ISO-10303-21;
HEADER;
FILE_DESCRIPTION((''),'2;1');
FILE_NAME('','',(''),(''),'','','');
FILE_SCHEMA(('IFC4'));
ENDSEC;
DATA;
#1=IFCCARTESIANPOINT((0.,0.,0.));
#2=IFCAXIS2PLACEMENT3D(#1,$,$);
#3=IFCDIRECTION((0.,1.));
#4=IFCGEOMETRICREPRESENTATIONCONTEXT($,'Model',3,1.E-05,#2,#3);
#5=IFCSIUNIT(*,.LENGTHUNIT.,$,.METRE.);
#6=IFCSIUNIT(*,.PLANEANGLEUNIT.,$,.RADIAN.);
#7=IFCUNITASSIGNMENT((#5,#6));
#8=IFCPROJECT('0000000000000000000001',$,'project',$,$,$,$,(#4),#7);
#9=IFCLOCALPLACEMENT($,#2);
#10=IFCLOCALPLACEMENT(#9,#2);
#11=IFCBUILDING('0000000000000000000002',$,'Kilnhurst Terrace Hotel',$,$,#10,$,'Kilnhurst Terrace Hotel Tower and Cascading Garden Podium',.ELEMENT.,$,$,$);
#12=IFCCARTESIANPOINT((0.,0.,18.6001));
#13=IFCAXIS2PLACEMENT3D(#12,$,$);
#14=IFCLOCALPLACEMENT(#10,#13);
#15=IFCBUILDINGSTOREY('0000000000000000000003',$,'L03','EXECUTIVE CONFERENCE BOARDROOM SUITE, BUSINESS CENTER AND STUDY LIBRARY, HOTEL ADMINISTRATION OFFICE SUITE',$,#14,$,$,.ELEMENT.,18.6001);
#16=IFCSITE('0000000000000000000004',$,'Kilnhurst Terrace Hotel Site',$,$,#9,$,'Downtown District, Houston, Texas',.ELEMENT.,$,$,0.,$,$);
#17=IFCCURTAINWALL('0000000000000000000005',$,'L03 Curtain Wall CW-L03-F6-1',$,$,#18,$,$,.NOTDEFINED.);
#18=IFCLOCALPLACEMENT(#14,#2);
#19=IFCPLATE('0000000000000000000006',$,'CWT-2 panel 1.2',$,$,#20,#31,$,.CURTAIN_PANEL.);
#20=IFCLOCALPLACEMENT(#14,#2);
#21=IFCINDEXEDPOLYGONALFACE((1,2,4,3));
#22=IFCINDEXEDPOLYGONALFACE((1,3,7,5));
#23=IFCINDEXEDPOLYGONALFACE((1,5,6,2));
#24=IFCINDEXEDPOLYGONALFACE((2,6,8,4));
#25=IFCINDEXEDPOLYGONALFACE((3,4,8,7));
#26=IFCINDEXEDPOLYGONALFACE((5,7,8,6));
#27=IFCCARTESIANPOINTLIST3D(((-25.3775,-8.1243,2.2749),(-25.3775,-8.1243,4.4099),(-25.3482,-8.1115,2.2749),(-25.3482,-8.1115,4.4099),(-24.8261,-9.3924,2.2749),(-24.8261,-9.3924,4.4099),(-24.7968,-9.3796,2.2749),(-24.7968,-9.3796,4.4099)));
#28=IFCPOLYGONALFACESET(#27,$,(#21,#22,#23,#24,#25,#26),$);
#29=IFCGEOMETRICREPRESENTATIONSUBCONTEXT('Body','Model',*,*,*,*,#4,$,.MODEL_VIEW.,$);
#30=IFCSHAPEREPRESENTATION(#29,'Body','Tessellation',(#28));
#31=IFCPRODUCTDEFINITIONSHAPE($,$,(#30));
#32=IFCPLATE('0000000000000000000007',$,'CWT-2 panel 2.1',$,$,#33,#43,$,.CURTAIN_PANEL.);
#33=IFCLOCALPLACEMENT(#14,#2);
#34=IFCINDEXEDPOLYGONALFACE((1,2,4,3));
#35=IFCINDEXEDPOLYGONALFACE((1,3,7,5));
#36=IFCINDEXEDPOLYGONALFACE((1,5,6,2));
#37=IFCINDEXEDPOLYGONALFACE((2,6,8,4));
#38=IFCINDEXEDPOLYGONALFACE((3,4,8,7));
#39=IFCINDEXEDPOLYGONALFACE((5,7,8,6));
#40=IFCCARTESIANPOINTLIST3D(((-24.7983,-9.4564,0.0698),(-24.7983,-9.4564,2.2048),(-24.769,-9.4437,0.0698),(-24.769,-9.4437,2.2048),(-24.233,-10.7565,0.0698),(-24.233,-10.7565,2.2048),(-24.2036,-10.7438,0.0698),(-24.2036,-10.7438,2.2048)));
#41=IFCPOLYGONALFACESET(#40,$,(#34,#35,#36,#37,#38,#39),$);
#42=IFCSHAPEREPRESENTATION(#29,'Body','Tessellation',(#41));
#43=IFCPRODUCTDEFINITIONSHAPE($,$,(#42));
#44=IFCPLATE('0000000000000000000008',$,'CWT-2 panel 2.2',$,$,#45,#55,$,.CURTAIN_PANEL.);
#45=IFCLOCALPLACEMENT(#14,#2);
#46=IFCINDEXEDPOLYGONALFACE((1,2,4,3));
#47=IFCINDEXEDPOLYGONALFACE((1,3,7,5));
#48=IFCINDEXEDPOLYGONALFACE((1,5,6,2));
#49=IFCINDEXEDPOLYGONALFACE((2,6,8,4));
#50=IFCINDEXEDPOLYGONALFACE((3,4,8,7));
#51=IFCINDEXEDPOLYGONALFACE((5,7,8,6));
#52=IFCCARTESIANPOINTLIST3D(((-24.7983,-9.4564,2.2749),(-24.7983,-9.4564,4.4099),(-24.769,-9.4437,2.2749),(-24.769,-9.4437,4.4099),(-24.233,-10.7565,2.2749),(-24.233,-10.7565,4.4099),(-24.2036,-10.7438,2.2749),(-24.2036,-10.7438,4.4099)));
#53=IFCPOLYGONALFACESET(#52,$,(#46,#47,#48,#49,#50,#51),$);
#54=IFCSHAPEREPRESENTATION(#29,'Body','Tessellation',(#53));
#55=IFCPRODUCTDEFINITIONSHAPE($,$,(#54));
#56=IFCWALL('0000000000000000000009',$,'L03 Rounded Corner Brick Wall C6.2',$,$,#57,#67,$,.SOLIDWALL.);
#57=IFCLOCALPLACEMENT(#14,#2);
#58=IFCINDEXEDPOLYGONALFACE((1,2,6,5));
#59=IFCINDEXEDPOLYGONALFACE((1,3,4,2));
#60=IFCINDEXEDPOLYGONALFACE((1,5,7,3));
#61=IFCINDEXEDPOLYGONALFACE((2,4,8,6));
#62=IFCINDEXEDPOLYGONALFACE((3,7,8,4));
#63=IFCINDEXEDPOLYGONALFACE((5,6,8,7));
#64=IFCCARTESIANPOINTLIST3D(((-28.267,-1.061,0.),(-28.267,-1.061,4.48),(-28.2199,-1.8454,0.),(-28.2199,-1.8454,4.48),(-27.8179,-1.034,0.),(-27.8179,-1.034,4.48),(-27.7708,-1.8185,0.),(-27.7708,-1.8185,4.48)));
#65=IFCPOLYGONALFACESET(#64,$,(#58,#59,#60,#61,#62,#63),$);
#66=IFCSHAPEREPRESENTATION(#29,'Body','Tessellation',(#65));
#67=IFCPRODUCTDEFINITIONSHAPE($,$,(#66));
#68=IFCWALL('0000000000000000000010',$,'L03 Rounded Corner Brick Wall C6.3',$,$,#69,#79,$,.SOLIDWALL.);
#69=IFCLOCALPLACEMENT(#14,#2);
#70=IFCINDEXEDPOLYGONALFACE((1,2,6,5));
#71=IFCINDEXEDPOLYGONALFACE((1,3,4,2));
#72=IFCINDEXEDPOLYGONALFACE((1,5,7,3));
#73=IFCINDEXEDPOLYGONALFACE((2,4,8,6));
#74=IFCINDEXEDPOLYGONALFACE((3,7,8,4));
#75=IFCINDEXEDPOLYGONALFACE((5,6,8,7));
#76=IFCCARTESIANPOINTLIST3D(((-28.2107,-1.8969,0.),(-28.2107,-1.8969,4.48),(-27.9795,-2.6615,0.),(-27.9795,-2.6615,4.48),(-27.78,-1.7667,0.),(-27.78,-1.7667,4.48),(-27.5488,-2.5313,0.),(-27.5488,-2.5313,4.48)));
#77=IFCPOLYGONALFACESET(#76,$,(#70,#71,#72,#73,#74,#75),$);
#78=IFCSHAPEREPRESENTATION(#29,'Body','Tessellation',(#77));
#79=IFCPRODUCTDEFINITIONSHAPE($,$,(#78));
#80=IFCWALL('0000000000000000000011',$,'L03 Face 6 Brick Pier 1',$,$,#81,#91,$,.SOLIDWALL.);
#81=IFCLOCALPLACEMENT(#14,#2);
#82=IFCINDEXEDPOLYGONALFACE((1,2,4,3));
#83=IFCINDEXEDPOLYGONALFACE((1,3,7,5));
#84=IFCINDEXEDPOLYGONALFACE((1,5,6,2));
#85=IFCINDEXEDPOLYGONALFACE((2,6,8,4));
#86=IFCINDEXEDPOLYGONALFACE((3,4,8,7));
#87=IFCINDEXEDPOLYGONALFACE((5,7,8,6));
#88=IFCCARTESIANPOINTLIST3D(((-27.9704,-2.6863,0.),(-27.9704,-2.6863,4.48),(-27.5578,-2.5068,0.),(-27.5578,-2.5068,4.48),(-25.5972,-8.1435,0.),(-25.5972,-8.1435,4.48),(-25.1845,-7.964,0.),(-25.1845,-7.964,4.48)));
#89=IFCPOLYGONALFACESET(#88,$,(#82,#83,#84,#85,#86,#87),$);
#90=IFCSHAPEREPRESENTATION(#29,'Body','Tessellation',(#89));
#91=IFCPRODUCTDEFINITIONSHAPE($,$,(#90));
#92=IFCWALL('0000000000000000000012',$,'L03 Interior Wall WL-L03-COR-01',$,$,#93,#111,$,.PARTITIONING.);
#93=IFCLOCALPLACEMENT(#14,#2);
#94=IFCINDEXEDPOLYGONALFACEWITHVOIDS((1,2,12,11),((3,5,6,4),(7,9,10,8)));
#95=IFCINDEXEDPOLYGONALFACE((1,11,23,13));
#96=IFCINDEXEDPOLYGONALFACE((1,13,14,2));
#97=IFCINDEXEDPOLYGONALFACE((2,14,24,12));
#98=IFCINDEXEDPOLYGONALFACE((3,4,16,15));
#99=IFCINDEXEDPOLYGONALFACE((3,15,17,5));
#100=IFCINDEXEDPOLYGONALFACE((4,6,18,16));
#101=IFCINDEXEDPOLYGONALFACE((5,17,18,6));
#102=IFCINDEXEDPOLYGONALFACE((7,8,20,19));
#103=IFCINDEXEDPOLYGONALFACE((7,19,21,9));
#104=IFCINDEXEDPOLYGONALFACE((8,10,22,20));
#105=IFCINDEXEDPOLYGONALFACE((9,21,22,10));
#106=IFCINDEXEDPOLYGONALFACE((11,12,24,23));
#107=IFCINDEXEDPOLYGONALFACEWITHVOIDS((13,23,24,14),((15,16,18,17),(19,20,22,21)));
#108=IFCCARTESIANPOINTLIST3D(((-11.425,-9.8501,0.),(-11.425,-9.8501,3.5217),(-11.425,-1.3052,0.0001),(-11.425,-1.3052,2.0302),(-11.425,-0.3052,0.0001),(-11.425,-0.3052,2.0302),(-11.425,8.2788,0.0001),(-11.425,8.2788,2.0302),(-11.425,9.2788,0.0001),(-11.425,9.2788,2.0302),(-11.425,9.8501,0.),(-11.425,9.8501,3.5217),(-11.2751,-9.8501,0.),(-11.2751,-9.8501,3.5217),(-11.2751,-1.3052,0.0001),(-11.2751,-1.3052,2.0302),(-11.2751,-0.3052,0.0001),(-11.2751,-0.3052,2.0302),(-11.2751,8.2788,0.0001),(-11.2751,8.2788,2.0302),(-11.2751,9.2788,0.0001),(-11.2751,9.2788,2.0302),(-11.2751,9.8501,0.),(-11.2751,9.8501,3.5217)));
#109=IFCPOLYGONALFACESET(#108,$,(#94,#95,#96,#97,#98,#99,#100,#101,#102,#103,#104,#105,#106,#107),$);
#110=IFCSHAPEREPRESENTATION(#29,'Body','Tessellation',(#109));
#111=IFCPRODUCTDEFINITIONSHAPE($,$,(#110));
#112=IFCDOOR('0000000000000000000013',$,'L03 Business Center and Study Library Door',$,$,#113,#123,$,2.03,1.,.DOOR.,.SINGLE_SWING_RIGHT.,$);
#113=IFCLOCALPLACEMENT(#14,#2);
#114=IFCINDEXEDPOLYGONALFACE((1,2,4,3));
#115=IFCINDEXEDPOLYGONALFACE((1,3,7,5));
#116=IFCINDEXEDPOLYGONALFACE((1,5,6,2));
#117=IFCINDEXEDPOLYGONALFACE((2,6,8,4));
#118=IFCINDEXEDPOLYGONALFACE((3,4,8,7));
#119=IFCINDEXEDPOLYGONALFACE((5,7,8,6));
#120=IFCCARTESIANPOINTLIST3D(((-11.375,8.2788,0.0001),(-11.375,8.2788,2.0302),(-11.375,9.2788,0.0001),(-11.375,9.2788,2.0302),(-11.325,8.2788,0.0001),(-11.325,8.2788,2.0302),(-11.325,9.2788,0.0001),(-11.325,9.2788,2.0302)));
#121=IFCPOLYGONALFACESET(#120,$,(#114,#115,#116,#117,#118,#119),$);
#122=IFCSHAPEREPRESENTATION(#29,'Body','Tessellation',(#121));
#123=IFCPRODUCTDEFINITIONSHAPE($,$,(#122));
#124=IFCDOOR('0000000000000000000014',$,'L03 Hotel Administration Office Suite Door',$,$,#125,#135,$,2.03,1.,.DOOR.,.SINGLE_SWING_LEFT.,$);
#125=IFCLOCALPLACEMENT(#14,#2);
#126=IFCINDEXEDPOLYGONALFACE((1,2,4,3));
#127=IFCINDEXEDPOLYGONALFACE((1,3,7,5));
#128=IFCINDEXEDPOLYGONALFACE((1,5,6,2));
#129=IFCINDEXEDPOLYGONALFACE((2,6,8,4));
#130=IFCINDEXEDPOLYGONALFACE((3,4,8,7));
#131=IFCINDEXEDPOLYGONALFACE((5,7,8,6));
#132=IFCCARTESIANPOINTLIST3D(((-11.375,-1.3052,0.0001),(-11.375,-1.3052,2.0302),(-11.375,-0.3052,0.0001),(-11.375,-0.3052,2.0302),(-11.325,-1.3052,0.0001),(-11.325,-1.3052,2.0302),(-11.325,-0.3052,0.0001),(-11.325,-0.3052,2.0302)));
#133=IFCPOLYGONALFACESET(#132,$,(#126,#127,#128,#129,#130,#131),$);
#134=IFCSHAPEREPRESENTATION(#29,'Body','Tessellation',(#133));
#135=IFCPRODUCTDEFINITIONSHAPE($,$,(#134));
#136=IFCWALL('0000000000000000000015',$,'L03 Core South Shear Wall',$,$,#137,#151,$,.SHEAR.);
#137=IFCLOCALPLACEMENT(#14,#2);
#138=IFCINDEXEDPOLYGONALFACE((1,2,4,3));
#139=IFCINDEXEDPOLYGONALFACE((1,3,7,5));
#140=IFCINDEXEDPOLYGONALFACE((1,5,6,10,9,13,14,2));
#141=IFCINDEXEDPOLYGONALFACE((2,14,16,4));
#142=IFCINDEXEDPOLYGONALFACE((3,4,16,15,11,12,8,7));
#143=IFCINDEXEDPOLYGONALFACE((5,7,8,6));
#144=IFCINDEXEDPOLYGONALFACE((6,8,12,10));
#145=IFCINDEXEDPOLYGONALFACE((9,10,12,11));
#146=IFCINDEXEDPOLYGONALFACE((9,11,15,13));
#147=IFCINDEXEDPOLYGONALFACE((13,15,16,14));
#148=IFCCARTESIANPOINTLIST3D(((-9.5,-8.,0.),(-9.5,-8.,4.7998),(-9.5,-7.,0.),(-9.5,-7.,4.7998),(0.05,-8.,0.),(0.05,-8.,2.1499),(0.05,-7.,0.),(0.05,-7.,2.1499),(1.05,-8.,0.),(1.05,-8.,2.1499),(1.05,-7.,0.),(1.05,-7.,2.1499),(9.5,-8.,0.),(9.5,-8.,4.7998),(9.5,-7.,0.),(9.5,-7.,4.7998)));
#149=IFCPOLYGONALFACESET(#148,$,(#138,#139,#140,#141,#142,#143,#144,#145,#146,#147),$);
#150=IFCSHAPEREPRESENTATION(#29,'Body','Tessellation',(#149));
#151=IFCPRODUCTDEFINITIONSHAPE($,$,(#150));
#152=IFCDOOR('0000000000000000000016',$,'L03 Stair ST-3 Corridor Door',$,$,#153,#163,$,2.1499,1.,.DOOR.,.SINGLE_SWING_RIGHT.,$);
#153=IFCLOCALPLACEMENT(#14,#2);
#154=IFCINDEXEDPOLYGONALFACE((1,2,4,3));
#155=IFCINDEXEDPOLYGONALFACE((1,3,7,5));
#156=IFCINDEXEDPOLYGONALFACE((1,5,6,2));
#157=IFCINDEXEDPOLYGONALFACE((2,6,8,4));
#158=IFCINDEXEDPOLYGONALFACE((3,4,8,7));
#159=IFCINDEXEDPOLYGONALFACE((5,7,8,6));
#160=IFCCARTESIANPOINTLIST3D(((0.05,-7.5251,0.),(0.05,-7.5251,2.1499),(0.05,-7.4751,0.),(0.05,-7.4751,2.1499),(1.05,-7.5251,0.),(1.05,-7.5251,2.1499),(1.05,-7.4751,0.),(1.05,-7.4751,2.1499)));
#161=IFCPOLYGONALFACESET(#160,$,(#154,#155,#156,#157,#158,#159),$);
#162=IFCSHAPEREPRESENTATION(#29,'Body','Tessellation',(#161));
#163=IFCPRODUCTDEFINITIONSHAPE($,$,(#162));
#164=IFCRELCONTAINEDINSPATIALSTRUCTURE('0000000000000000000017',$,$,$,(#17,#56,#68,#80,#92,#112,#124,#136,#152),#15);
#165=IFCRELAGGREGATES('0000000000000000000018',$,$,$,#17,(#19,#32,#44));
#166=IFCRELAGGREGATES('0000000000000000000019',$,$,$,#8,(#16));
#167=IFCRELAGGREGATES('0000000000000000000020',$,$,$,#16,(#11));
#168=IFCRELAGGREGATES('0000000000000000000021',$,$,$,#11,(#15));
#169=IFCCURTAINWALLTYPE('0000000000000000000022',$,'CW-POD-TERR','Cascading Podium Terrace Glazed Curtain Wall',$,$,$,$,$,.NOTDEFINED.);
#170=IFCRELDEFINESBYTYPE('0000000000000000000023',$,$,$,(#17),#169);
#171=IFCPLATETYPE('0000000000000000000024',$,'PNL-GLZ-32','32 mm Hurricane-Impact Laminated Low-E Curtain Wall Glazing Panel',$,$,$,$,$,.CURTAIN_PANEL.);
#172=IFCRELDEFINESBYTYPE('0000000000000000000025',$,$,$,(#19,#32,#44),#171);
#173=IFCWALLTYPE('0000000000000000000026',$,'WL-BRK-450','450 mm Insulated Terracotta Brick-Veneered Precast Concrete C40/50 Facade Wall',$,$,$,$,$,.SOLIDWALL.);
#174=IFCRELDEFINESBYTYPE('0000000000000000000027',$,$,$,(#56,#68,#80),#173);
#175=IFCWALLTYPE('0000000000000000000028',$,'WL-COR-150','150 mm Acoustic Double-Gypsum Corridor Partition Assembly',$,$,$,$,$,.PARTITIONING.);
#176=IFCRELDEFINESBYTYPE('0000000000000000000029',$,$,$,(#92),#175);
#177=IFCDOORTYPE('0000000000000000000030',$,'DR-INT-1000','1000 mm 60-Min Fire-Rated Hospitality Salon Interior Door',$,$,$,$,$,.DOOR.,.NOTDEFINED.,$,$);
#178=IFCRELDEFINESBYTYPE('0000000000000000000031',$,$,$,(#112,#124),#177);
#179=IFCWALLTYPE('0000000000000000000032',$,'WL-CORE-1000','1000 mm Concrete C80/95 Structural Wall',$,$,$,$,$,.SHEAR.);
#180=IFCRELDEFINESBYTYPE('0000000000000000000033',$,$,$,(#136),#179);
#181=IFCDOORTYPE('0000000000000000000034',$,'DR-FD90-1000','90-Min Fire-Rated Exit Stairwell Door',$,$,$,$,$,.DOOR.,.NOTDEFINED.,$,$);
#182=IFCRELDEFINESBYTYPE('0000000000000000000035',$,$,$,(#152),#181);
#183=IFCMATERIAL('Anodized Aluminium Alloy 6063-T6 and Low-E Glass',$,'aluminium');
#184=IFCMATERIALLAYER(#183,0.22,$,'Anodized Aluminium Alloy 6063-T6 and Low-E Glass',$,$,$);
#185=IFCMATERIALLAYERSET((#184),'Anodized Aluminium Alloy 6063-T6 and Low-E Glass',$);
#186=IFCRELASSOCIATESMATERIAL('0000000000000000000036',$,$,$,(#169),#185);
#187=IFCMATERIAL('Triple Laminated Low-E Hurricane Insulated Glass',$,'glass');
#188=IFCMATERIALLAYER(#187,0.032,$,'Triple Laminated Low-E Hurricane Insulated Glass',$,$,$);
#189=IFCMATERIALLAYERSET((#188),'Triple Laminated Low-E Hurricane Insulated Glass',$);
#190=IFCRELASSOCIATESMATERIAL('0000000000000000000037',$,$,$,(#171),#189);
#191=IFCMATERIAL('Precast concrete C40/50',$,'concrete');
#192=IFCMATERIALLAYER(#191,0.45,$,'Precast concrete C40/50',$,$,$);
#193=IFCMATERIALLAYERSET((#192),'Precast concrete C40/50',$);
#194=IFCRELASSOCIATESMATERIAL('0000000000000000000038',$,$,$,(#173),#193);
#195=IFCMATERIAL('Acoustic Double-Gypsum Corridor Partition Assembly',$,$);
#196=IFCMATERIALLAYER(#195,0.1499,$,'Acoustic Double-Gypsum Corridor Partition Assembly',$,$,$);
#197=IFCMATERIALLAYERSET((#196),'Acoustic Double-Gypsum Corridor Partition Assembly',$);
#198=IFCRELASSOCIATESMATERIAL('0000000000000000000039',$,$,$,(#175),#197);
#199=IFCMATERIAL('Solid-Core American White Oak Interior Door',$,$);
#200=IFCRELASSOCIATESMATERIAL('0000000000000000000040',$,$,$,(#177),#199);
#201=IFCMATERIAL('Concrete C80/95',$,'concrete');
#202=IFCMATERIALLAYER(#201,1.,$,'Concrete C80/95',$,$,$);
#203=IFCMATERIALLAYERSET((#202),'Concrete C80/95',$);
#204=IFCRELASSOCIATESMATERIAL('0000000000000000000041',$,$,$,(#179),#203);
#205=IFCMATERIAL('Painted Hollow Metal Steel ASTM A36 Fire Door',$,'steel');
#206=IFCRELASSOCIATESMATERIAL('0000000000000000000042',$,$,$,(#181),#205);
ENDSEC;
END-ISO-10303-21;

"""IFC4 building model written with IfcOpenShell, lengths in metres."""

from ifc_helpers import new_model, si_unit, direction, frame, frame_2d, origin, origin_2d, place, context, subcontext, project, spatial, rectangle, extrude, material, layer, layer_set, type_object, element, fill, aggregate, save


model = new_model("IFC4")

# Units and contexts
model_context = context("Model", 3, precision=1e-05, world=origin(), true_north=direction((0.0, 1.0)))
body_context = subcontext(model_context, "Body", "Model", "MODEL_VIEW")
ifc_project = project(units=[si_unit("LENGTHUNIT", "METRE"), si_unit("PLANEANGLEUNIT", "RADIAN")], contexts=[model_context])

# Site, building, storey
site_placement = place(None, origin())
site = spatial("IfcSite", under=ifc_project, at=site_placement, Name="Kilnhurst Terrace Hotel Site", LongName="Downtown District, Houston, Texas", CompositionType="ELEMENT", RefElevation=0.0)
building_placement = place(site_placement, origin())
building = spatial("IfcBuilding", under=site, at=building_placement, Name="Kilnhurst Terrace Hotel", LongName="Kilnhurst Terrace Hotel Tower and Cascading Garden Podium", CompositionType="ELEMENT")
storey_placement = place(building_placement, frame((0.0, 0.0, 18.6001)))
storey = spatial("IfcBuildingStorey", under=building, at=storey_placement, Name="L03", Description="EXECUTIVE CONFERENCE BOARDROOM SUITE, BUSINESS CENTER AND STUDY LIBRARY, HOTEL ADMINISTRATION OFFICE SUITE", CompositionType="ELEMENT", Elevation=18.6001)

# Curtain wall, plates
ifc_material_1 = material(Name="Anodized Aluminium Alloy 6063-T6 and Low-E Glass", Category="aluminium")
ifc_layer_1 = layer(ifc_material_1, 0.22, Name="Anodized Aluminium Alloy 6063-T6 and Low-E Glass")
ifc_layer_set_1 = layer_set([ifc_layer_1], Name="Anodized Aluminium Alloy 6063-T6 and Low-E Glass")
curtain_wall_type = type_object("IfcCurtainWallType", Name="CW-POD-TERR", Description="Cascading Podium Terrace Glazed Curtain Wall", PredefinedType="NOTDEFINED", material=ifc_layer_set_1)
curtain_wall_placement = place(storey_placement, origin())
curtain_wall = element("IfcCurtainWall", 1, at=curtain_wall_placement, inside=storey, type_object=curtain_wall_type, Name="L03 Curtain Wall CW-L03-F6-1", PredefinedType="NOTDEFINED")
ifc_material_2 = material(Name="Triple Laminated Low-E Hurricane Insulated Glass", Category="glass")
ifc_layer_2 = layer(ifc_material_2, 0.032, Name="Triple Laminated Low-E Hurricane Insulated Glass")
ifc_layer_set_2 = layer_set([ifc_layer_2], Name="Triple Laminated Low-E Hurricane Insulated Glass")
plate_type = type_object("IfcPlateType", Name="PNL-GLZ-32", Description="32 mm Hurricane-Impact Laminated Low-E Curtain Wall Glazing Panel", PredefinedType="CURTAIN_PANEL", material=ifc_layer_set_2)
plate_1_placement = place(storey_placement, frame((-25.0872, -8.752, 2.2749), z_axis=(0.0, 0.0, 1.0), x_axis=(0.398791, -0.917042, 0.0)))
plate_1 = element("IfcPlate", 2, at=plate_1_placement, type_object=plate_type, Name="CWT-2 panel 1.2", PredefinedType="CURTAIN_PANEL", context=body_context, shape_type="SweptSolid", body=[
    extrude(rectangle(XDim=1.3828, YDim=0.032, at=origin_2d()), origin(), (0.0, 0.0, 1.0), 2.135),
])
plate_2_placement = place(storey_placement, frame((-24.501, -10.1001, 0.0698), z_axis=(0.0, 0.0, 1.0), x_axis=(0.398791, -0.917042, 0.0)))
plate_2 = element("IfcPlate", 3, at=plate_2_placement, type_object=plate_type, Name="CWT-2 panel 2.1", PredefinedType="CURTAIN_PANEL", context=body_context, shape_type="SweptSolid", body=[
    extrude(rectangle(XDim=1.4177, YDim=0.032, at=origin_2d()), origin(), (0.0, 0.0, 1.0), 2.135),
])
plate_3_placement = place(storey_placement, frame((-24.501, -10.1001, 2.2749), z_axis=(0.0, 0.0, 1.0), x_axis=(0.398791, -0.917042, 0.0)))
plate_3 = element("IfcPlate", 4, at=plate_3_placement, type_object=plate_type, Name="CWT-2 panel 2.2", PredefinedType="CURTAIN_PANEL", context=body_context, shape_type="SweptSolid", body=[
    extrude(rectangle(XDim=1.4177, YDim=0.032, at=origin_2d()), origin(), (0.0, 0.0, 1.0), 2.135),
])
aggregate(curtain_wall, [plate_1, plate_2, plate_3])

# Walls
ifc_material_3 = material(Name="Precast concrete C40/50", Category="concrete")
ifc_layer_3 = layer(ifc_material_3, 0.45, Name="Precast concrete C40/50")
ifc_layer_set_3 = layer_set([ifc_layer_3], Name="Precast concrete C40/50")
wall_type_1 = type_object("IfcWallType", Name="WL-BRK-450", Description="450 mm Insulated Terracotta Brick-Veneered Precast Concrete C40/50 Facade Wall", PredefinedType="SOLIDWALL", material=ifc_layer_set_3)
wall_1_placement = place(storey_placement, frame((-28.0425, -1.0474, 0.0), z_axis=(0.0, 0.0, 1.0), x_axis=(0.05996, -0.998201, 0.0)))
element("IfcWall", 5, at=wall_1_placement, inside=storey, type_object=wall_type_1, Name="L03 Rounded Corner Brick Wall C6.2", PredefinedType="SOLIDWALL", context=body_context, shape_type="SweptSolid", body=[
    extrude(rectangle(XDim=0.7859, YDim=0.45, at=frame_2d((0.3931, 0.0))), origin(), (0.0, 0.0, 1.0), 4.48),
])
wall_2_placement = place(storey_placement, frame((-27.9954, -1.8318, 0.0), z_axis=(0.0, 0.0, 1.0), x_axis=(0.289422, -0.957202, 0.0)))
element("IfcWall", 6, at=wall_2_placement, inside=storey, type_object=wall_type_1, Name="L03 Rounded Corner Brick Wall C6.3", PredefinedType="SOLIDWALL", context=body_context, shape_type="SweptSolid", body=[
    extrude(rectangle(XDim=0.7988, YDim=0.45, at=frame_2d((0.3994, 0.0))), origin(), (0.0, 0.0, 1.0), 4.48),
])
wall_3_placement = place(storey_placement, frame((-27.7642, -2.5964, 0.0), z_axis=(0.0, 0.0, 1.0), x_axis=(0.398806, -0.917035, 0.0)))
element("IfcWall", 7, at=wall_3_placement, inside=storey, type_object=wall_type_1, Name="L03 Face 6 Brick Pier 1", PredefinedType="SOLIDWALL", context=body_context, shape_type="SweptSolid", body=[
    extrude(rectangle(XDim=5.9509, YDim=0.45, at=frame_2d((2.9756, 0.0))), origin(), (0.0, 0.0, 1.0), 4.48),
])

# Wall, openings, doors
ifc_material_4 = material(Name="Acoustic Double-Gypsum Corridor Partition Assembly")
ifc_layer_4 = layer(ifc_material_4, 0.1499, Name="Acoustic Double-Gypsum Corridor Partition Assembly")
ifc_layer_set_4 = layer_set([ifc_layer_4], Name="Acoustic Double-Gypsum Corridor Partition Assembly")
wall_type_2 = type_object("IfcWallType", Name="WL-COR-150", Description="150 mm Acoustic Double-Gypsum Corridor Partition Assembly", PredefinedType="PARTITIONING", material=ifc_layer_set_4)
wall_4_placement = place(storey_placement, frame((-11.3501, -9.8501, 0.0), z_axis=(0.0, 0.0, 1.0), x_axis=(0.0, 1.0, 0.0)))
wall_4 = element("IfcWall", 8, at=wall_4_placement, inside=storey, type_object=wall_type_2, Name="L03 Interior Wall WL-L03-COR-01", PredefinedType="PARTITIONING", context=body_context, shape_type="SweptSolid", body=[
    extrude(rectangle(XDim=19.7002, YDim=0.1499, at=frame_2d((9.8501, 0.0))), origin(), (0.0, 0.0, 1.0), 3.5217),
])
opening_1_placement = place(wall_4_placement, frame((18.1289, 0.0, 0.0)))
opening_1 = element("IfcOpeningElement", 9, at=opening_1_placement, cuts=wall_4, PredefinedType="OPENING", context=body_context, shape_type="SweptSolid", body=[
    extrude(rectangle(XDim=1.0, YDim=2.03, at=frame_2d((0.5, 1.0151))), frame((0.0, 0.085, 0.0), z_axis=(0.0, -1.0, 0.0), x_axis=(1.0, 0.0, 0.0)), (0.0, 0.0, 1.0), 0.1699),
])
opening_2_placement = place(wall_4_placement, frame((8.5449, 0.0, 0.0)))
opening_2 = element("IfcOpeningElement", 10, at=opening_2_placement, cuts=wall_4, PredefinedType="OPENING", context=body_context, shape_type="SweptSolid", body=[
    extrude(rectangle(XDim=1.0, YDim=2.03, at=frame_2d((0.5, 1.0151))), frame((0.0, 0.085, 0.0), z_axis=(0.0, -1.0, 0.0), x_axis=(1.0, 0.0, 0.0)), (0.0, 0.0, 1.0), 0.1699),
])
ifc_material_5 = material(Name="Solid-Core American White Oak Interior Door")
door_type_1 = type_object("IfcDoorType", Name="DR-INT-1000", Description="1000 mm 60-Min Fire-Rated Hospitality Salon Interior Door", OperationType="NOTDEFINED", PredefinedType="DOOR", material=ifc_material_5)
door_1_placement = place(opening_1_placement, origin())
door_1 = element("IfcDoor", 11, at=door_1_placement, inside=storey, type_object=door_type_1, Name="L03 Business Center and Study Library Door", OperationType="SINGLE_SWING_RIGHT", OverallHeight=2.03, OverallWidth=1.0, PredefinedType="DOOR", context=body_context, shape_type="SweptSolid", body=[
    extrude(rectangle(XDim=1.0, YDim=2.03, at=frame_2d((0.5, 1.0151))), frame((0.0, 0.0249, 0.0), z_axis=(0.0, -1.0, 0.0), x_axis=(1.0, 0.0, 0.0)), (0.0, 0.0, 1.0), 0.05),
])
fill(opening_1, door_1)
door_2_placement = place(opening_2_placement, origin())
door_2 = element("IfcDoor", 12, at=door_2_placement, inside=storey, type_object=door_type_1, Name="L03 Hotel Administration Office Suite Door", OperationType="SINGLE_SWING_LEFT", OverallHeight=2.03, OverallWidth=1.0, PredefinedType="DOOR", context=body_context, shape_type="SweptSolid", body=[
    extrude(rectangle(XDim=1.0, YDim=2.03, at=frame_2d((0.5, 1.0151))), frame((0.0, 0.0249, 0.0), z_axis=(0.0, -1.0, 0.0), x_axis=(1.0, 0.0, 0.0)), (0.0, 0.0, 1.0), 0.05),
])
fill(opening_2, door_2)

# Wall, opening, door
ifc_material_6 = material(Name="Concrete C80/95", Category="concrete")
ifc_layer_5 = layer(ifc_material_6, 1.0, Name="Concrete C80/95")
ifc_layer_set_5 = layer_set([ifc_layer_5], Name="Concrete C80/95")
wall_type_3 = type_object("IfcWallType", Name="WL-CORE-1000", Description="1000 mm Concrete C80/95 Structural Wall", PredefinedType="SHEAR", material=ifc_layer_set_5)
wall_5_placement = place(storey_placement, frame((-9.5, -7.5, 0.0), z_axis=(0.0, 0.0, 1.0), x_axis=(1.0, 0.0, 0.0)))
wall_5 = element("IfcWall", 13, at=wall_5_placement, inside=storey, type_object=wall_type_3, Name="L03 Core South Shear Wall", PredefinedType="SHEAR", context=body_context, shape_type="SweptSolid", body=[
    extrude(rectangle(XDim=19.0, YDim=1.0, at=frame_2d((9.5, 0.0))), origin(), (0.0, 0.0, 1.0), 4.7998),
])
opening_3_placement = place(wall_5_placement, frame((9.55, 0.0, 0.0)))
opening_3 = element("IfcOpeningElement", 14, at=opening_3_placement, cuts=wall_5, PredefinedType="OPENING", context=body_context, shape_type="SweptSolid", body=[
    extrude(rectangle(XDim=1.0, YDim=2.1499, at=frame_2d((0.5, 1.075))), frame((0.0, 0.51, 0.0), z_axis=(0.0, -1.0, 0.0), x_axis=(1.0, 0.0, 0.0)), (0.0, 0.0, 1.0), 1.02),
])
ifc_material_7 = material(Name="Painted Hollow Metal Steel ASTM A36 Fire Door", Category="steel")
door_type_2 = type_object("IfcDoorType", Name="DR-FD90-1000", Description="90-Min Fire-Rated Exit Stairwell Door", OperationType="NOTDEFINED", PredefinedType="DOOR", material=ifc_material_7)
door_3_placement = place(opening_3_placement, origin())
door_3 = element("IfcDoor", 15, at=door_3_placement, inside=storey, type_object=door_type_2, Name="L03 Stair ST-3 Corridor Door", OperationType="SINGLE_SWING_RIGHT", OverallHeight=2.1499, OverallWidth=1.0, PredefinedType="DOOR", context=body_context, shape_type="SweptSolid", body=[
    extrude(rectangle(XDim=1.0, YDim=2.1499, at=frame_2d((0.5, 1.075))), frame((0.0, 0.0249, 0.0), z_axis=(0.0, -1.0, 0.0), x_axis=(1.0, 0.0, 0.0)), (0.0, 0.0, 1.0), 0.05),
])
fill(opening_3, door_3)

save(model, "model.ifc")
